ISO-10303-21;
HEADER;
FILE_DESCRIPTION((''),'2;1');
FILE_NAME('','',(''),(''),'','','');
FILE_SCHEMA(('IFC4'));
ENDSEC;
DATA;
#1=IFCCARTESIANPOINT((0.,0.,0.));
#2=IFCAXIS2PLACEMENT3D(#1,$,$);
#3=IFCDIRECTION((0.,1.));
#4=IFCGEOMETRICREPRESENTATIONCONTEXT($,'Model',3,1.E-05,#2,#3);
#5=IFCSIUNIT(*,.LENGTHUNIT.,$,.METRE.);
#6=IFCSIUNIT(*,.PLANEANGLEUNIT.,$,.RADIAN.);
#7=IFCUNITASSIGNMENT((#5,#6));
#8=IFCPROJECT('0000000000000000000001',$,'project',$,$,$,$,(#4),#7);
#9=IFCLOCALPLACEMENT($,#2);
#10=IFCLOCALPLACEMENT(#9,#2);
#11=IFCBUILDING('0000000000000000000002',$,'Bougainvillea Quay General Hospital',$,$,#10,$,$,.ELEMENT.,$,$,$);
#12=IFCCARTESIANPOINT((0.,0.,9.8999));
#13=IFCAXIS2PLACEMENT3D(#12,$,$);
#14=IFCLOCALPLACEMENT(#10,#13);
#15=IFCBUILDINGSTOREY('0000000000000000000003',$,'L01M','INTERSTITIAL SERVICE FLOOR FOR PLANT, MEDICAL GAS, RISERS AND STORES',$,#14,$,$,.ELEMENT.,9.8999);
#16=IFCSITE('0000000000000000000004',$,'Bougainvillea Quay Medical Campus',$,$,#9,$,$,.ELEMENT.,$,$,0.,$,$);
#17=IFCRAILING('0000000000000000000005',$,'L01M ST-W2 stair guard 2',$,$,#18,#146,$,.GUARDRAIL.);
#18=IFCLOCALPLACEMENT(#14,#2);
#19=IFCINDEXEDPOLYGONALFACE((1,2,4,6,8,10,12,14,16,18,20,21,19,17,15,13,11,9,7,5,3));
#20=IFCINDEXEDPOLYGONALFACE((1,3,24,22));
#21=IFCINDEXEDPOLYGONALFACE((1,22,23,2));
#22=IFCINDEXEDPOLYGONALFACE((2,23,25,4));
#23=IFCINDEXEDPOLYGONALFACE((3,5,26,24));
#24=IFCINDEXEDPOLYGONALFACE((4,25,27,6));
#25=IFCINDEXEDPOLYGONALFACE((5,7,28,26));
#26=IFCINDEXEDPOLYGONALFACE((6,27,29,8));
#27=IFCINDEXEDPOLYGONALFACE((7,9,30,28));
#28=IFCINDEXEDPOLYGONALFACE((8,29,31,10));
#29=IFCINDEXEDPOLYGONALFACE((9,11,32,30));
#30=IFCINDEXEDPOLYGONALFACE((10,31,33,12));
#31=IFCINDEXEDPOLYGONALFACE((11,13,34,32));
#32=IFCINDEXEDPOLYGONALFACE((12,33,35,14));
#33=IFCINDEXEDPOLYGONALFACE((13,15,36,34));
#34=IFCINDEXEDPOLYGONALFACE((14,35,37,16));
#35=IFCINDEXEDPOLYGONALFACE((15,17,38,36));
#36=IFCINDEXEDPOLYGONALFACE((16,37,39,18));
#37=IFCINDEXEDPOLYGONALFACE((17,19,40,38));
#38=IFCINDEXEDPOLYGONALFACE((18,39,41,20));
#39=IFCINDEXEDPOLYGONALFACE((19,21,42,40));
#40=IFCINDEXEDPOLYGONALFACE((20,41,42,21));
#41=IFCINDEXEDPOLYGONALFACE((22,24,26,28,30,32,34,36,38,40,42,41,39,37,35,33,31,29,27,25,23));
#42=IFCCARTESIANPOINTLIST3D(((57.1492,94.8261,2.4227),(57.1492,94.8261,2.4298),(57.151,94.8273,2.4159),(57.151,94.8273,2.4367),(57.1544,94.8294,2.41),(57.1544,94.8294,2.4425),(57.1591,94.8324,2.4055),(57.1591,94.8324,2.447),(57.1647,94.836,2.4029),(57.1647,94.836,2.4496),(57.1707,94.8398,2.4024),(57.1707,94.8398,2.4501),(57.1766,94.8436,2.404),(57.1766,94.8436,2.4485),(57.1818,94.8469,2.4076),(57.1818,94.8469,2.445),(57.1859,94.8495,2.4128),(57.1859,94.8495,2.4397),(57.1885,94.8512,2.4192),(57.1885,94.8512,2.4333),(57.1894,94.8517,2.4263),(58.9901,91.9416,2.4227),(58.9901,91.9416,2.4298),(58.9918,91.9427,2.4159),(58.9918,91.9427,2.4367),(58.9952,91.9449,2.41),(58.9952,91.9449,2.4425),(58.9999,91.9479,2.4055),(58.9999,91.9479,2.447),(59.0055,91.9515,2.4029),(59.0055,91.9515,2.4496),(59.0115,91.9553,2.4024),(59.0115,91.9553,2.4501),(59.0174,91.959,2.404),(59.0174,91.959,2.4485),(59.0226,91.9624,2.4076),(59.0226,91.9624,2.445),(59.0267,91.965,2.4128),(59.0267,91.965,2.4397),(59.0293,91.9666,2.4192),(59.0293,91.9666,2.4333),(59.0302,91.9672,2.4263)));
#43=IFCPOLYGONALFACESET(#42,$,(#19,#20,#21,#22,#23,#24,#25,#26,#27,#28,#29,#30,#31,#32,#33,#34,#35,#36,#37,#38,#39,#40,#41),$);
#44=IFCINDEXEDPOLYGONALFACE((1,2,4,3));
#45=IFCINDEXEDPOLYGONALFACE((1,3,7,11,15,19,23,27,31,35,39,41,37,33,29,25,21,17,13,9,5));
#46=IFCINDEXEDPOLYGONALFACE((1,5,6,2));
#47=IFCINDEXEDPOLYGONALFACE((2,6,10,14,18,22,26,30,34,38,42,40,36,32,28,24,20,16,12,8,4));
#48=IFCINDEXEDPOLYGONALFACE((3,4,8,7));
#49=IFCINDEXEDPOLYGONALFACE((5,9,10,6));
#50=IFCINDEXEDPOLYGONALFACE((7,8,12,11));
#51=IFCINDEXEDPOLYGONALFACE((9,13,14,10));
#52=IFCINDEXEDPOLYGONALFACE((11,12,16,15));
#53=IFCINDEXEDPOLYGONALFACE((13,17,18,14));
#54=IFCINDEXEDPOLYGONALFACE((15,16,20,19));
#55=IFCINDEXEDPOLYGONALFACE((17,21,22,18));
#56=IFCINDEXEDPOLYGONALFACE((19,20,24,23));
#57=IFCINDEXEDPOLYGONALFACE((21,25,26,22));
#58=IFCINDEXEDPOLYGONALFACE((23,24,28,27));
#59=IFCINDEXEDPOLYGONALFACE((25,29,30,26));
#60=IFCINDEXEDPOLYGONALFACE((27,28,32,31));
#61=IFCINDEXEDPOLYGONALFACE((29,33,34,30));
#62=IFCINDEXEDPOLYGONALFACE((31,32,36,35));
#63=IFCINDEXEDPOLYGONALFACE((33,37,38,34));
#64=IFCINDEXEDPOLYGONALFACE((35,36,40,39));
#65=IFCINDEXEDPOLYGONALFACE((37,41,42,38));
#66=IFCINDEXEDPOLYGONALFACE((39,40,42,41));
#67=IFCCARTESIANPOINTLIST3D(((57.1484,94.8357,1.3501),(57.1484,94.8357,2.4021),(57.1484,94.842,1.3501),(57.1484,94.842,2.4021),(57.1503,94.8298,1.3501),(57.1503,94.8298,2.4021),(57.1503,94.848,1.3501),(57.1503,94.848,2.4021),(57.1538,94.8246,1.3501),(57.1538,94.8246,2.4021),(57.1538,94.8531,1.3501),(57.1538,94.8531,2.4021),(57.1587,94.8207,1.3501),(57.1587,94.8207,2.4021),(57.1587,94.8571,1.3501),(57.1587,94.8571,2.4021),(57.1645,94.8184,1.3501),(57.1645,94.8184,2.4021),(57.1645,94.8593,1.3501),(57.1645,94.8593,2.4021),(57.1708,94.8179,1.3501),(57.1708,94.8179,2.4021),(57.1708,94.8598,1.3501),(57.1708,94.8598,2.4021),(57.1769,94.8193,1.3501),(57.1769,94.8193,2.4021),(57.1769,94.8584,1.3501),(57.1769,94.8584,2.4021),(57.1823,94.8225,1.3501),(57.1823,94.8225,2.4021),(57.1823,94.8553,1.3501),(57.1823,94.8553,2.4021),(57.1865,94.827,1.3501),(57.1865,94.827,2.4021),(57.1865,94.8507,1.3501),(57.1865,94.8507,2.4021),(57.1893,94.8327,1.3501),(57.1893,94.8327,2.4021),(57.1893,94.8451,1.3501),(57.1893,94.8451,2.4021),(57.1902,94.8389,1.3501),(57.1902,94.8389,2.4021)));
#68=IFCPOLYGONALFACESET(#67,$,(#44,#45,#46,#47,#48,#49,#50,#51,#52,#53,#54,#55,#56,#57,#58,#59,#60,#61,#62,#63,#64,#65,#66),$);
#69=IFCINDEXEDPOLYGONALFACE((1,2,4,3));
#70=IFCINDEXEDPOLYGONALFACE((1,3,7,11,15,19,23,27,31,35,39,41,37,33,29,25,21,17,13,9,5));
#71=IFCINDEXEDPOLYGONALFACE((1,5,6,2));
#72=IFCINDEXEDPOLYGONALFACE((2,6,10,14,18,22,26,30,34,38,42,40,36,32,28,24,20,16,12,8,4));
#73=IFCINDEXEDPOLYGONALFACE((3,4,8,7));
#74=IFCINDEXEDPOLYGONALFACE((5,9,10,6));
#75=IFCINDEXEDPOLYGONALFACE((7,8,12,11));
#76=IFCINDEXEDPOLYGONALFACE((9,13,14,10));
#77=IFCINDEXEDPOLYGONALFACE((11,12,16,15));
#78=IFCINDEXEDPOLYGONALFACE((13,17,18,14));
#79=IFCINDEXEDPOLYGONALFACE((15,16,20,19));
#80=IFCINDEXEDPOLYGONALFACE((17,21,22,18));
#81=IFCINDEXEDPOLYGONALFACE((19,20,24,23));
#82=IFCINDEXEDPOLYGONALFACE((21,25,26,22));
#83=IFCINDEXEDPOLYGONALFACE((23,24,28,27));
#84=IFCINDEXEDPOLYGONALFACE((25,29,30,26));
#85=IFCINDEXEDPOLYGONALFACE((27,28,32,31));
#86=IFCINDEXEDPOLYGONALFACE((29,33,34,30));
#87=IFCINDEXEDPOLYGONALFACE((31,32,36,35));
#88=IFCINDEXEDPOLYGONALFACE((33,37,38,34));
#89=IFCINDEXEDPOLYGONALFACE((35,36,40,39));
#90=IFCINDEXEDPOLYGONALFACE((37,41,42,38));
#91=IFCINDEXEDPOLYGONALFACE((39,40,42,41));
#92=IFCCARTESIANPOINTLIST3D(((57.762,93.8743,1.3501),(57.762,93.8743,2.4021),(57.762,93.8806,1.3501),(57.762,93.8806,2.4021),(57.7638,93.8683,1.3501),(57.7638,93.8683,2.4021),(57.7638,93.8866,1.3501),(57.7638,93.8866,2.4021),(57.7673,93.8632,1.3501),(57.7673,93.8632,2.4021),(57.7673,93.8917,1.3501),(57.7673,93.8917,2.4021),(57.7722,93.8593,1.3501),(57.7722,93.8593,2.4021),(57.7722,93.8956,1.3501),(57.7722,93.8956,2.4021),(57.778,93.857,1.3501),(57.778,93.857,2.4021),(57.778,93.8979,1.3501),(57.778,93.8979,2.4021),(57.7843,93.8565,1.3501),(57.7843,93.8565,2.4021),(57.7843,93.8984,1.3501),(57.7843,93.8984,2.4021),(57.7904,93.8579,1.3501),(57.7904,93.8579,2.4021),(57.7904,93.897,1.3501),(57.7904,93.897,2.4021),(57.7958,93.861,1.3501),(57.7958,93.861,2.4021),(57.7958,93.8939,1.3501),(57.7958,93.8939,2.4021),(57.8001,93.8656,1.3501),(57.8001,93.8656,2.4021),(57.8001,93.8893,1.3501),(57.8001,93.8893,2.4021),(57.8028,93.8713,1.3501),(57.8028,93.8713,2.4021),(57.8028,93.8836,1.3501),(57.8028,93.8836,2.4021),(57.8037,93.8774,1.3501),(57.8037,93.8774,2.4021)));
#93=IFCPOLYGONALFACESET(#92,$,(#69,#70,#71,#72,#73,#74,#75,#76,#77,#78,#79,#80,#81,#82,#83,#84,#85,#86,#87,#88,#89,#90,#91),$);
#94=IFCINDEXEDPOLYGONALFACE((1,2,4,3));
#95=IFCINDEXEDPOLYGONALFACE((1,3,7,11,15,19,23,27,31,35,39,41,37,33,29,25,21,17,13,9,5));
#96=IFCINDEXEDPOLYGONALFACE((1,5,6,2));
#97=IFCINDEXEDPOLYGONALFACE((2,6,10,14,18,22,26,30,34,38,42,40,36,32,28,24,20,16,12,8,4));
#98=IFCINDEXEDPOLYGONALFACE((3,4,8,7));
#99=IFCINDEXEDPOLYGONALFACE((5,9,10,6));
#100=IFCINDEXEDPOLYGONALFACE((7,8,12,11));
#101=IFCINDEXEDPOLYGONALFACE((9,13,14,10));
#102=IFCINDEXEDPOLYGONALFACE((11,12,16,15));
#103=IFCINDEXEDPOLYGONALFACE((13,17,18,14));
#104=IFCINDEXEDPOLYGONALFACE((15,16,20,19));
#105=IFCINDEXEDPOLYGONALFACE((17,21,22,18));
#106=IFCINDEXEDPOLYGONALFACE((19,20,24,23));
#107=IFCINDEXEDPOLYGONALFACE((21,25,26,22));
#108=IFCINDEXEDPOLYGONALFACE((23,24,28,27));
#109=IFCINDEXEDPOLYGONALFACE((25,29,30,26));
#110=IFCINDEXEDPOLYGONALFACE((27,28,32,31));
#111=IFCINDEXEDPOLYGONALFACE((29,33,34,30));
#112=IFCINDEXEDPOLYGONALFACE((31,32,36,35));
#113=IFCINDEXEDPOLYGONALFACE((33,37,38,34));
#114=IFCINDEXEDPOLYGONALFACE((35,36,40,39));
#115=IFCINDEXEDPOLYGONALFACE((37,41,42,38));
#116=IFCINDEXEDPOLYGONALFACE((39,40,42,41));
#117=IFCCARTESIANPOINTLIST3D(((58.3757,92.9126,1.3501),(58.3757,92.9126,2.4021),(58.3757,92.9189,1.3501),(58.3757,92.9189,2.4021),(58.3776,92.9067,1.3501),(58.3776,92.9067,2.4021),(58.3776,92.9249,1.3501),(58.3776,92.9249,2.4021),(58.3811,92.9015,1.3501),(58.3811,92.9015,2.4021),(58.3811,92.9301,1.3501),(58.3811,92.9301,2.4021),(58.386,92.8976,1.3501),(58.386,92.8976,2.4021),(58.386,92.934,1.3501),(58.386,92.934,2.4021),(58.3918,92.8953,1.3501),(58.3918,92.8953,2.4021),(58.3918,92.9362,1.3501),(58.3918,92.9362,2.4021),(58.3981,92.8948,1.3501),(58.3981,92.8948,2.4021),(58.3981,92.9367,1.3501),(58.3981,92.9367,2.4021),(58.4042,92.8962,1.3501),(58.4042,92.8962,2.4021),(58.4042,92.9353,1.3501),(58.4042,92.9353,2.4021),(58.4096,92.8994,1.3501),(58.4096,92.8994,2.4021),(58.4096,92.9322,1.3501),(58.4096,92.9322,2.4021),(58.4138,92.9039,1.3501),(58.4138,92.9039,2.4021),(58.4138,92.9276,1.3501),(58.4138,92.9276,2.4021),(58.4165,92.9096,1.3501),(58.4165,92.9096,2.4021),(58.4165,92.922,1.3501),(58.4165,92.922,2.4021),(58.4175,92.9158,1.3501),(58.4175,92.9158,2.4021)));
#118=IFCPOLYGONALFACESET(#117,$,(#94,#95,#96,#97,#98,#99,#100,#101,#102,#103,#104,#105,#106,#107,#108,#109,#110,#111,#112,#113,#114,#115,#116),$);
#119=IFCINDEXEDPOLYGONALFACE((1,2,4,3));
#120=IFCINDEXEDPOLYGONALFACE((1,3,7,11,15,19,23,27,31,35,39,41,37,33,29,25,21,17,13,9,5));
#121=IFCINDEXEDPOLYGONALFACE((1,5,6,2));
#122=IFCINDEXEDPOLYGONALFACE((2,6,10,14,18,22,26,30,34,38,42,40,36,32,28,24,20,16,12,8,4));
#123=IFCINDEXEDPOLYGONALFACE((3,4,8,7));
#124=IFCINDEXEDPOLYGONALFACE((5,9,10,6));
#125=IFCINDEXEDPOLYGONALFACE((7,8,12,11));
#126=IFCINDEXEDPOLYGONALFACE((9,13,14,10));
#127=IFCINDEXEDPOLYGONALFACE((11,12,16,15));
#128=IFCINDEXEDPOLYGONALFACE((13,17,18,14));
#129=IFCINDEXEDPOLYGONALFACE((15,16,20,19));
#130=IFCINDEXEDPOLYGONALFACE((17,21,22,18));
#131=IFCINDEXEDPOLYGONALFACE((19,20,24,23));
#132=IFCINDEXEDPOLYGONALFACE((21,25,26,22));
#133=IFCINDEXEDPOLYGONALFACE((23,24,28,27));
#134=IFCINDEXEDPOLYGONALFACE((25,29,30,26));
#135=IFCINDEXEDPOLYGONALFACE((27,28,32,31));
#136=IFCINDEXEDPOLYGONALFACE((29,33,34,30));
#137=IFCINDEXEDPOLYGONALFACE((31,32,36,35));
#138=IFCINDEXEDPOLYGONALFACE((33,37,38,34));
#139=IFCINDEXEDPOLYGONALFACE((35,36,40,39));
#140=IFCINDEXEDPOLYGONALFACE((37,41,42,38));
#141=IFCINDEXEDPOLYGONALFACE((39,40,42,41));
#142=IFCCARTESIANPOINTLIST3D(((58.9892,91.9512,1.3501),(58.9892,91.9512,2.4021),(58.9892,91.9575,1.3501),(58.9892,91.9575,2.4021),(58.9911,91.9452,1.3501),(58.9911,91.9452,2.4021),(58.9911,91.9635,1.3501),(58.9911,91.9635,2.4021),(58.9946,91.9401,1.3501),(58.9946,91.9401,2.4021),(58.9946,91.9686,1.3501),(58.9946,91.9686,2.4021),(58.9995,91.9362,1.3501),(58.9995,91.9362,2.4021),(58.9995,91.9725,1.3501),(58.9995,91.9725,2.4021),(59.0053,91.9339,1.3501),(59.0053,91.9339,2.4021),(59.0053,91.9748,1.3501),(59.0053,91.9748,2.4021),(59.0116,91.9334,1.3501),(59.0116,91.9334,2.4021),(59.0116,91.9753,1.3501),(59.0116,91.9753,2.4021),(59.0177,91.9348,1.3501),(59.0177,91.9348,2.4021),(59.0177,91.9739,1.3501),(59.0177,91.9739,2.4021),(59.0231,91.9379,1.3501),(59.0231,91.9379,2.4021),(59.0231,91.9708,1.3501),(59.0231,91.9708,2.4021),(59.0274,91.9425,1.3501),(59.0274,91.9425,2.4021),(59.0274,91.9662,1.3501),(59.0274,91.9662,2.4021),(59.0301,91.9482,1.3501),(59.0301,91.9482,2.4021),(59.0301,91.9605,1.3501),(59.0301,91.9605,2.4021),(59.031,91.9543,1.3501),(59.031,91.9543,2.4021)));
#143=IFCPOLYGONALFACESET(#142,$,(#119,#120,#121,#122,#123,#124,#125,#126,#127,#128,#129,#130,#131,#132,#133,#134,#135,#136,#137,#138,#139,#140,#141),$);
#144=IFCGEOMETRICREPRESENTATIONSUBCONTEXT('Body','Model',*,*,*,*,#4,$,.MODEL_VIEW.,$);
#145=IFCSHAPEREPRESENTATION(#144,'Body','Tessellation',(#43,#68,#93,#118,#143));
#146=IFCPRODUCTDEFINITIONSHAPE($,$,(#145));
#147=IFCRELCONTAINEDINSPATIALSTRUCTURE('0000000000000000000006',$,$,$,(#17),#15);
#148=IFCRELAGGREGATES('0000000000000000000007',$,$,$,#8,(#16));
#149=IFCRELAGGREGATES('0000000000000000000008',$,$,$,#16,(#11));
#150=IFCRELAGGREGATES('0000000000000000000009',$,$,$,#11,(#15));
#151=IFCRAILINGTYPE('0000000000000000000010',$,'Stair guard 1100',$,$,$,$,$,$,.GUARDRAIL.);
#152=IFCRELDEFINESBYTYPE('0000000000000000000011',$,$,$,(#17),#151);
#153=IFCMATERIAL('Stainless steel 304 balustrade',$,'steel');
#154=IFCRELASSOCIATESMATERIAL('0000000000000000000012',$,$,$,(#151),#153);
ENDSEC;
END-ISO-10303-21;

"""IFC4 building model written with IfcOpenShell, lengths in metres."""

from ifc_helpers import new_model, si_unit, direction, frame, origin, origin_2d, place, context, subcontext, project, spatial, circle, extrude, material, type_object, element, save


model = new_model("IFC4")

# Units and contexts
model_context = context("Model", 3, precision=1e-05, world=origin(), true_north=direction((0.0, 1.0)))
body_context = subcontext(model_context, "Body", "Model", "MODEL_VIEW")
ifc_project = project(units=[si_unit("LENGTHUNIT", "METRE"), si_unit("PLANEANGLEUNIT", "RADIAN")], contexts=[model_context])

# Site, building, storey
site_placement = place(None, origin())
site = spatial("IfcSite", under=ifc_project, at=site_placement, Name="Bougainvillea Quay Medical Campus", CompositionType="ELEMENT", RefElevation=0.0)
building_placement = place(site_placement, origin())
building = spatial("IfcBuilding", under=site, at=building_placement, Name="Bougainvillea Quay General Hospital", CompositionType="ELEMENT")
storey_placement = place(building_placement, frame((0.0, 0.0, 9.8999)))
storey = spatial("IfcBuildingStorey", under=building, at=storey_placement, Name="L01M", Description="INTERSTITIAL SERVICE FLOOR FOR PLANT, MEDICAL GAS, RISERS AND STORES", CompositionType="ELEMENT", Elevation=9.8999)

# Railing
ifc_material_1 = material(Name="Stainless steel 304 balustrade", Category="steel")
railing_type_1 = type_object("IfcRailingType", Name="Stair guard 1100", PredefinedType="GUARDRAIL", material=ifc_material_1)
railing_1_placement = place(storey_placement, frame((57.1692, 94.8389, 1.3501)))
element("IfcRailing", 1, at=railing_1_placement, inside=storey, type_object=railing_type_1, Name="L01M ST-W2 stair guard 2", PredefinedType="GUARDRAIL", context=body_context, shape_type="SweptSolid", body=[
    extrude(circle(Radius=0.0239, at=origin_2d()), frame((0.0, 0.0, 1.0762), z_axis=(0.53796, -0.84297, 0.0), x_axis=(0.84297, 0.53796, 0.0)), (0.0, 0.0, 1.0), 3.4219),
    extrude(circle(Radius=0.021, at=origin_2d()), origin(), (0.0, 0.0, 1.0), 1.052),
    extrude(circle(Radius=0.021, at=origin_2d()), frame((0.6135, -0.9614, 0.0)), (0.0, 0.0, 1.0), 1.052),
    extrude(circle(Radius=0.021, at=origin_2d()), frame((1.2273, -1.9231, 0.0)), (0.0, 0.0, 1.0), 1.052),
    extrude(circle(Radius=0.021, at=origin_2d()), frame((1.8408, -2.8845, 0.0)), (0.0, 0.0, 1.0), 1.052),
])

save(model, "model.ifc")
